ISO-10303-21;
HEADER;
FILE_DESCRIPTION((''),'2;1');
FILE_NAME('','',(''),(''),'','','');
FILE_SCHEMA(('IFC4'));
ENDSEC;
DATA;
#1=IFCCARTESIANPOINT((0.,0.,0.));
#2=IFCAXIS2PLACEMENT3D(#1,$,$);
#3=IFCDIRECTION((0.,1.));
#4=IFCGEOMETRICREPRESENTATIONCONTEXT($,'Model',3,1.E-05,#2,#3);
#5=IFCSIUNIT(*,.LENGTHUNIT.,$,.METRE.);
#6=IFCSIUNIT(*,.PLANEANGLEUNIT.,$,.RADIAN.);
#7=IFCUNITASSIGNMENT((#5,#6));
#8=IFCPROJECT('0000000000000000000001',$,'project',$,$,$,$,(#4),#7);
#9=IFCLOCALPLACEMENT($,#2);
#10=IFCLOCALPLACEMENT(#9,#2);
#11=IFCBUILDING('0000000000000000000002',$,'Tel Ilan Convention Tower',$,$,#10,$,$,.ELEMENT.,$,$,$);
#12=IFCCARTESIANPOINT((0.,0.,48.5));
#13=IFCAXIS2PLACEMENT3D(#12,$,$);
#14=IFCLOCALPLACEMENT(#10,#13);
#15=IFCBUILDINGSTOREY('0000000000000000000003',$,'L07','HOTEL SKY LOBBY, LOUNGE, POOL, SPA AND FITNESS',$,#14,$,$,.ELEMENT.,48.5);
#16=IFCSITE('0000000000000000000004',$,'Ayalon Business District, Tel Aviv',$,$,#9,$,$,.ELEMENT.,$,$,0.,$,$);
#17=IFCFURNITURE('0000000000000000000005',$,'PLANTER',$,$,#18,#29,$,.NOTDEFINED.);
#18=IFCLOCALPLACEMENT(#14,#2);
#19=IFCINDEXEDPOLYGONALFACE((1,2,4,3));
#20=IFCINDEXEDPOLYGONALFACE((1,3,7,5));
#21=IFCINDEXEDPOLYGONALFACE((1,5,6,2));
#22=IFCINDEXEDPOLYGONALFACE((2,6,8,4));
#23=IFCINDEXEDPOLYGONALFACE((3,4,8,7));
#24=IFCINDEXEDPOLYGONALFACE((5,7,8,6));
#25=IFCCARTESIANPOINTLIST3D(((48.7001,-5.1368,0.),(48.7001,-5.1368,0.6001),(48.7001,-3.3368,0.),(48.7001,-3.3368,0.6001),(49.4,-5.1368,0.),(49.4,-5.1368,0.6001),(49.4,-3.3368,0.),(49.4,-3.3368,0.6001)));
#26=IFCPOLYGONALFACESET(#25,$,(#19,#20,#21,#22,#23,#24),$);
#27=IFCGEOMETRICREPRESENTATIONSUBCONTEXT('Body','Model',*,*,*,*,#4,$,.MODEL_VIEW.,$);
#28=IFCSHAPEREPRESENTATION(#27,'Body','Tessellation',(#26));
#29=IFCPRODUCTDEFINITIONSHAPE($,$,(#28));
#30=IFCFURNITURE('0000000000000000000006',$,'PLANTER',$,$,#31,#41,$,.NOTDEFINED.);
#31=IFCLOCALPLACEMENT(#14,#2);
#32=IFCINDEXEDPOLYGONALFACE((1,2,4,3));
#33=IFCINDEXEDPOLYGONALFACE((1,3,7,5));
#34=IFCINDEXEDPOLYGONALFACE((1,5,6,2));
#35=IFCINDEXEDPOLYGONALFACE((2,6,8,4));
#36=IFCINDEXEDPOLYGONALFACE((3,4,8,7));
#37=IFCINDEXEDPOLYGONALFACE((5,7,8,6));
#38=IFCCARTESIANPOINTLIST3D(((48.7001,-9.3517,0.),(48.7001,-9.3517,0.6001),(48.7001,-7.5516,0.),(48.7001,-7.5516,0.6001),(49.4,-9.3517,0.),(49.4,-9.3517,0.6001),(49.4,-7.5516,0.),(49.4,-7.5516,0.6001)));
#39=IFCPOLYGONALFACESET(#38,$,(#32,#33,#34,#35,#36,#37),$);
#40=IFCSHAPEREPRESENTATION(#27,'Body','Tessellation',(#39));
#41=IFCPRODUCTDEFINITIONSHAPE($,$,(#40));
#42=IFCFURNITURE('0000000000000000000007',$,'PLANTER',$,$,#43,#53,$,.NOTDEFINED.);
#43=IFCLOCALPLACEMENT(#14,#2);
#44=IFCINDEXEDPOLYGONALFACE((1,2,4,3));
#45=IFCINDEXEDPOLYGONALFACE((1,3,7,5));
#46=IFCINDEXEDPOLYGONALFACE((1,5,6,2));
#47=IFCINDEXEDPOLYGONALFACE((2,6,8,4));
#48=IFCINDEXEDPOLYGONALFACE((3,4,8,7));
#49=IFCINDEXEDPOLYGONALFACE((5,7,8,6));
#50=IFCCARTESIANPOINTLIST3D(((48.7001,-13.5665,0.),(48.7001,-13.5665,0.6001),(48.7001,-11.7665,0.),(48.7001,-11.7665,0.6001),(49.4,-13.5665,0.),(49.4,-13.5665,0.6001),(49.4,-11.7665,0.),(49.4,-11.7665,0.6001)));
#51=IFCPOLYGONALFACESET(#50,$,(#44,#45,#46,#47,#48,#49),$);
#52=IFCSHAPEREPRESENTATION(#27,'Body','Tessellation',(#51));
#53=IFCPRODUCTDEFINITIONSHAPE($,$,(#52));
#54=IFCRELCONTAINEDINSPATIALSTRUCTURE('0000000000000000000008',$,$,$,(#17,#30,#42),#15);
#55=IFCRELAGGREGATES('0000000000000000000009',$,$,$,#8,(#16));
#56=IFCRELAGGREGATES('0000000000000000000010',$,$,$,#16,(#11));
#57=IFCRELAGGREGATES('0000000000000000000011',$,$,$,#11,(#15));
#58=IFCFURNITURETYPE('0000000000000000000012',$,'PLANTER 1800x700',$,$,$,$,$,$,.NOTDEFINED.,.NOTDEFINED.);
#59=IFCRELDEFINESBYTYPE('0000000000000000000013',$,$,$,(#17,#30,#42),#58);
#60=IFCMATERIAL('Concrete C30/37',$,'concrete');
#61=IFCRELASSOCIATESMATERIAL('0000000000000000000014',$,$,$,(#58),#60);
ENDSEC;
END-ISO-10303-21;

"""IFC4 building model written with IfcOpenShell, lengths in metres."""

from ifc_helpers import new_model, si_unit, direction, frame, origin, origin_2d, place, context, subcontext, project, spatial, rectangle, extrude, material, type_object, element, save


model = new_model("IFC4")

# Units and contexts
model_context = context("Model", 3, precision=1e-05, world=origin(), true_north=direction((0.0, 1.0)))
body_context = subcontext(model_context, "Body", "Model", "MODEL_VIEW")
ifc_project = project(units=[si_unit("LENGTHUNIT", "METRE"), si_unit("PLANEANGLEUNIT", "RADIAN")], contexts=[model_context])

# Site, building, storey
site_placement = place(None, origin())
site = spatial("IfcSite", under=ifc_project, at=site_placement, Name="Ayalon Business District, Tel Aviv", CompositionType="ELEMENT", RefElevation=0.0)
building_placement = place(site_placement, origin())
building = spatial("IfcBuilding", under=site, at=building_placement, Name="Tel Ilan Convention Tower", CompositionType="ELEMENT")
storey_placement = place(building_placement, frame((0.0, 0.0, 48.5)))
storey = spatial("IfcBuildingStorey", under=building, at=storey_placement, Name="L07", Description="HOTEL SKY LOBBY, LOUNGE, POOL, SPA AND FITNESS", CompositionType="ELEMENT", Elevation=48.5)

# Furniture
ifc_material_1 = material(Name="Concrete C30/37", Category="concrete")
furniture_type = type_object("IfcFurnitureType", Name="PLANTER 1800x700", AssemblyPlace="NOTDEFINED", PredefinedType="NOTDEFINED", material=ifc_material_1)
for number, where, z_axis, x_axis, name in (
    (1, (49.05, -4.2368, 0.0), (0.0, 0.0, 1.0), (0.0, -1.0, 0.0), "PLANTER"),
    (2, (49.05, -8.4517, 0.0), (0.0, 0.0, 1.0), (0.0, -1.0, 0.0), "PLANTER"),
    (3, (49.05, -12.6665, 0.0), (0.0, 0.0, 1.0), (0.0, -1.0, 0.0), "PLANTER"),
):
    element("IfcFurniture", number, at=place(storey_placement, frame(where, z_axis=z_axis, x_axis=x_axis)), inside=storey, type_object=furniture_type, Name=name, PredefinedType="NOTDEFINED", context=body_context, shape_type="SweptSolid", body=[
        extrude(rectangle(XDim=1.8, YDim=0.7, at=origin_2d()), origin(), (0.0, 0.0, 1.0), 0.6001),
    ])

save(model, "model.ifc")
